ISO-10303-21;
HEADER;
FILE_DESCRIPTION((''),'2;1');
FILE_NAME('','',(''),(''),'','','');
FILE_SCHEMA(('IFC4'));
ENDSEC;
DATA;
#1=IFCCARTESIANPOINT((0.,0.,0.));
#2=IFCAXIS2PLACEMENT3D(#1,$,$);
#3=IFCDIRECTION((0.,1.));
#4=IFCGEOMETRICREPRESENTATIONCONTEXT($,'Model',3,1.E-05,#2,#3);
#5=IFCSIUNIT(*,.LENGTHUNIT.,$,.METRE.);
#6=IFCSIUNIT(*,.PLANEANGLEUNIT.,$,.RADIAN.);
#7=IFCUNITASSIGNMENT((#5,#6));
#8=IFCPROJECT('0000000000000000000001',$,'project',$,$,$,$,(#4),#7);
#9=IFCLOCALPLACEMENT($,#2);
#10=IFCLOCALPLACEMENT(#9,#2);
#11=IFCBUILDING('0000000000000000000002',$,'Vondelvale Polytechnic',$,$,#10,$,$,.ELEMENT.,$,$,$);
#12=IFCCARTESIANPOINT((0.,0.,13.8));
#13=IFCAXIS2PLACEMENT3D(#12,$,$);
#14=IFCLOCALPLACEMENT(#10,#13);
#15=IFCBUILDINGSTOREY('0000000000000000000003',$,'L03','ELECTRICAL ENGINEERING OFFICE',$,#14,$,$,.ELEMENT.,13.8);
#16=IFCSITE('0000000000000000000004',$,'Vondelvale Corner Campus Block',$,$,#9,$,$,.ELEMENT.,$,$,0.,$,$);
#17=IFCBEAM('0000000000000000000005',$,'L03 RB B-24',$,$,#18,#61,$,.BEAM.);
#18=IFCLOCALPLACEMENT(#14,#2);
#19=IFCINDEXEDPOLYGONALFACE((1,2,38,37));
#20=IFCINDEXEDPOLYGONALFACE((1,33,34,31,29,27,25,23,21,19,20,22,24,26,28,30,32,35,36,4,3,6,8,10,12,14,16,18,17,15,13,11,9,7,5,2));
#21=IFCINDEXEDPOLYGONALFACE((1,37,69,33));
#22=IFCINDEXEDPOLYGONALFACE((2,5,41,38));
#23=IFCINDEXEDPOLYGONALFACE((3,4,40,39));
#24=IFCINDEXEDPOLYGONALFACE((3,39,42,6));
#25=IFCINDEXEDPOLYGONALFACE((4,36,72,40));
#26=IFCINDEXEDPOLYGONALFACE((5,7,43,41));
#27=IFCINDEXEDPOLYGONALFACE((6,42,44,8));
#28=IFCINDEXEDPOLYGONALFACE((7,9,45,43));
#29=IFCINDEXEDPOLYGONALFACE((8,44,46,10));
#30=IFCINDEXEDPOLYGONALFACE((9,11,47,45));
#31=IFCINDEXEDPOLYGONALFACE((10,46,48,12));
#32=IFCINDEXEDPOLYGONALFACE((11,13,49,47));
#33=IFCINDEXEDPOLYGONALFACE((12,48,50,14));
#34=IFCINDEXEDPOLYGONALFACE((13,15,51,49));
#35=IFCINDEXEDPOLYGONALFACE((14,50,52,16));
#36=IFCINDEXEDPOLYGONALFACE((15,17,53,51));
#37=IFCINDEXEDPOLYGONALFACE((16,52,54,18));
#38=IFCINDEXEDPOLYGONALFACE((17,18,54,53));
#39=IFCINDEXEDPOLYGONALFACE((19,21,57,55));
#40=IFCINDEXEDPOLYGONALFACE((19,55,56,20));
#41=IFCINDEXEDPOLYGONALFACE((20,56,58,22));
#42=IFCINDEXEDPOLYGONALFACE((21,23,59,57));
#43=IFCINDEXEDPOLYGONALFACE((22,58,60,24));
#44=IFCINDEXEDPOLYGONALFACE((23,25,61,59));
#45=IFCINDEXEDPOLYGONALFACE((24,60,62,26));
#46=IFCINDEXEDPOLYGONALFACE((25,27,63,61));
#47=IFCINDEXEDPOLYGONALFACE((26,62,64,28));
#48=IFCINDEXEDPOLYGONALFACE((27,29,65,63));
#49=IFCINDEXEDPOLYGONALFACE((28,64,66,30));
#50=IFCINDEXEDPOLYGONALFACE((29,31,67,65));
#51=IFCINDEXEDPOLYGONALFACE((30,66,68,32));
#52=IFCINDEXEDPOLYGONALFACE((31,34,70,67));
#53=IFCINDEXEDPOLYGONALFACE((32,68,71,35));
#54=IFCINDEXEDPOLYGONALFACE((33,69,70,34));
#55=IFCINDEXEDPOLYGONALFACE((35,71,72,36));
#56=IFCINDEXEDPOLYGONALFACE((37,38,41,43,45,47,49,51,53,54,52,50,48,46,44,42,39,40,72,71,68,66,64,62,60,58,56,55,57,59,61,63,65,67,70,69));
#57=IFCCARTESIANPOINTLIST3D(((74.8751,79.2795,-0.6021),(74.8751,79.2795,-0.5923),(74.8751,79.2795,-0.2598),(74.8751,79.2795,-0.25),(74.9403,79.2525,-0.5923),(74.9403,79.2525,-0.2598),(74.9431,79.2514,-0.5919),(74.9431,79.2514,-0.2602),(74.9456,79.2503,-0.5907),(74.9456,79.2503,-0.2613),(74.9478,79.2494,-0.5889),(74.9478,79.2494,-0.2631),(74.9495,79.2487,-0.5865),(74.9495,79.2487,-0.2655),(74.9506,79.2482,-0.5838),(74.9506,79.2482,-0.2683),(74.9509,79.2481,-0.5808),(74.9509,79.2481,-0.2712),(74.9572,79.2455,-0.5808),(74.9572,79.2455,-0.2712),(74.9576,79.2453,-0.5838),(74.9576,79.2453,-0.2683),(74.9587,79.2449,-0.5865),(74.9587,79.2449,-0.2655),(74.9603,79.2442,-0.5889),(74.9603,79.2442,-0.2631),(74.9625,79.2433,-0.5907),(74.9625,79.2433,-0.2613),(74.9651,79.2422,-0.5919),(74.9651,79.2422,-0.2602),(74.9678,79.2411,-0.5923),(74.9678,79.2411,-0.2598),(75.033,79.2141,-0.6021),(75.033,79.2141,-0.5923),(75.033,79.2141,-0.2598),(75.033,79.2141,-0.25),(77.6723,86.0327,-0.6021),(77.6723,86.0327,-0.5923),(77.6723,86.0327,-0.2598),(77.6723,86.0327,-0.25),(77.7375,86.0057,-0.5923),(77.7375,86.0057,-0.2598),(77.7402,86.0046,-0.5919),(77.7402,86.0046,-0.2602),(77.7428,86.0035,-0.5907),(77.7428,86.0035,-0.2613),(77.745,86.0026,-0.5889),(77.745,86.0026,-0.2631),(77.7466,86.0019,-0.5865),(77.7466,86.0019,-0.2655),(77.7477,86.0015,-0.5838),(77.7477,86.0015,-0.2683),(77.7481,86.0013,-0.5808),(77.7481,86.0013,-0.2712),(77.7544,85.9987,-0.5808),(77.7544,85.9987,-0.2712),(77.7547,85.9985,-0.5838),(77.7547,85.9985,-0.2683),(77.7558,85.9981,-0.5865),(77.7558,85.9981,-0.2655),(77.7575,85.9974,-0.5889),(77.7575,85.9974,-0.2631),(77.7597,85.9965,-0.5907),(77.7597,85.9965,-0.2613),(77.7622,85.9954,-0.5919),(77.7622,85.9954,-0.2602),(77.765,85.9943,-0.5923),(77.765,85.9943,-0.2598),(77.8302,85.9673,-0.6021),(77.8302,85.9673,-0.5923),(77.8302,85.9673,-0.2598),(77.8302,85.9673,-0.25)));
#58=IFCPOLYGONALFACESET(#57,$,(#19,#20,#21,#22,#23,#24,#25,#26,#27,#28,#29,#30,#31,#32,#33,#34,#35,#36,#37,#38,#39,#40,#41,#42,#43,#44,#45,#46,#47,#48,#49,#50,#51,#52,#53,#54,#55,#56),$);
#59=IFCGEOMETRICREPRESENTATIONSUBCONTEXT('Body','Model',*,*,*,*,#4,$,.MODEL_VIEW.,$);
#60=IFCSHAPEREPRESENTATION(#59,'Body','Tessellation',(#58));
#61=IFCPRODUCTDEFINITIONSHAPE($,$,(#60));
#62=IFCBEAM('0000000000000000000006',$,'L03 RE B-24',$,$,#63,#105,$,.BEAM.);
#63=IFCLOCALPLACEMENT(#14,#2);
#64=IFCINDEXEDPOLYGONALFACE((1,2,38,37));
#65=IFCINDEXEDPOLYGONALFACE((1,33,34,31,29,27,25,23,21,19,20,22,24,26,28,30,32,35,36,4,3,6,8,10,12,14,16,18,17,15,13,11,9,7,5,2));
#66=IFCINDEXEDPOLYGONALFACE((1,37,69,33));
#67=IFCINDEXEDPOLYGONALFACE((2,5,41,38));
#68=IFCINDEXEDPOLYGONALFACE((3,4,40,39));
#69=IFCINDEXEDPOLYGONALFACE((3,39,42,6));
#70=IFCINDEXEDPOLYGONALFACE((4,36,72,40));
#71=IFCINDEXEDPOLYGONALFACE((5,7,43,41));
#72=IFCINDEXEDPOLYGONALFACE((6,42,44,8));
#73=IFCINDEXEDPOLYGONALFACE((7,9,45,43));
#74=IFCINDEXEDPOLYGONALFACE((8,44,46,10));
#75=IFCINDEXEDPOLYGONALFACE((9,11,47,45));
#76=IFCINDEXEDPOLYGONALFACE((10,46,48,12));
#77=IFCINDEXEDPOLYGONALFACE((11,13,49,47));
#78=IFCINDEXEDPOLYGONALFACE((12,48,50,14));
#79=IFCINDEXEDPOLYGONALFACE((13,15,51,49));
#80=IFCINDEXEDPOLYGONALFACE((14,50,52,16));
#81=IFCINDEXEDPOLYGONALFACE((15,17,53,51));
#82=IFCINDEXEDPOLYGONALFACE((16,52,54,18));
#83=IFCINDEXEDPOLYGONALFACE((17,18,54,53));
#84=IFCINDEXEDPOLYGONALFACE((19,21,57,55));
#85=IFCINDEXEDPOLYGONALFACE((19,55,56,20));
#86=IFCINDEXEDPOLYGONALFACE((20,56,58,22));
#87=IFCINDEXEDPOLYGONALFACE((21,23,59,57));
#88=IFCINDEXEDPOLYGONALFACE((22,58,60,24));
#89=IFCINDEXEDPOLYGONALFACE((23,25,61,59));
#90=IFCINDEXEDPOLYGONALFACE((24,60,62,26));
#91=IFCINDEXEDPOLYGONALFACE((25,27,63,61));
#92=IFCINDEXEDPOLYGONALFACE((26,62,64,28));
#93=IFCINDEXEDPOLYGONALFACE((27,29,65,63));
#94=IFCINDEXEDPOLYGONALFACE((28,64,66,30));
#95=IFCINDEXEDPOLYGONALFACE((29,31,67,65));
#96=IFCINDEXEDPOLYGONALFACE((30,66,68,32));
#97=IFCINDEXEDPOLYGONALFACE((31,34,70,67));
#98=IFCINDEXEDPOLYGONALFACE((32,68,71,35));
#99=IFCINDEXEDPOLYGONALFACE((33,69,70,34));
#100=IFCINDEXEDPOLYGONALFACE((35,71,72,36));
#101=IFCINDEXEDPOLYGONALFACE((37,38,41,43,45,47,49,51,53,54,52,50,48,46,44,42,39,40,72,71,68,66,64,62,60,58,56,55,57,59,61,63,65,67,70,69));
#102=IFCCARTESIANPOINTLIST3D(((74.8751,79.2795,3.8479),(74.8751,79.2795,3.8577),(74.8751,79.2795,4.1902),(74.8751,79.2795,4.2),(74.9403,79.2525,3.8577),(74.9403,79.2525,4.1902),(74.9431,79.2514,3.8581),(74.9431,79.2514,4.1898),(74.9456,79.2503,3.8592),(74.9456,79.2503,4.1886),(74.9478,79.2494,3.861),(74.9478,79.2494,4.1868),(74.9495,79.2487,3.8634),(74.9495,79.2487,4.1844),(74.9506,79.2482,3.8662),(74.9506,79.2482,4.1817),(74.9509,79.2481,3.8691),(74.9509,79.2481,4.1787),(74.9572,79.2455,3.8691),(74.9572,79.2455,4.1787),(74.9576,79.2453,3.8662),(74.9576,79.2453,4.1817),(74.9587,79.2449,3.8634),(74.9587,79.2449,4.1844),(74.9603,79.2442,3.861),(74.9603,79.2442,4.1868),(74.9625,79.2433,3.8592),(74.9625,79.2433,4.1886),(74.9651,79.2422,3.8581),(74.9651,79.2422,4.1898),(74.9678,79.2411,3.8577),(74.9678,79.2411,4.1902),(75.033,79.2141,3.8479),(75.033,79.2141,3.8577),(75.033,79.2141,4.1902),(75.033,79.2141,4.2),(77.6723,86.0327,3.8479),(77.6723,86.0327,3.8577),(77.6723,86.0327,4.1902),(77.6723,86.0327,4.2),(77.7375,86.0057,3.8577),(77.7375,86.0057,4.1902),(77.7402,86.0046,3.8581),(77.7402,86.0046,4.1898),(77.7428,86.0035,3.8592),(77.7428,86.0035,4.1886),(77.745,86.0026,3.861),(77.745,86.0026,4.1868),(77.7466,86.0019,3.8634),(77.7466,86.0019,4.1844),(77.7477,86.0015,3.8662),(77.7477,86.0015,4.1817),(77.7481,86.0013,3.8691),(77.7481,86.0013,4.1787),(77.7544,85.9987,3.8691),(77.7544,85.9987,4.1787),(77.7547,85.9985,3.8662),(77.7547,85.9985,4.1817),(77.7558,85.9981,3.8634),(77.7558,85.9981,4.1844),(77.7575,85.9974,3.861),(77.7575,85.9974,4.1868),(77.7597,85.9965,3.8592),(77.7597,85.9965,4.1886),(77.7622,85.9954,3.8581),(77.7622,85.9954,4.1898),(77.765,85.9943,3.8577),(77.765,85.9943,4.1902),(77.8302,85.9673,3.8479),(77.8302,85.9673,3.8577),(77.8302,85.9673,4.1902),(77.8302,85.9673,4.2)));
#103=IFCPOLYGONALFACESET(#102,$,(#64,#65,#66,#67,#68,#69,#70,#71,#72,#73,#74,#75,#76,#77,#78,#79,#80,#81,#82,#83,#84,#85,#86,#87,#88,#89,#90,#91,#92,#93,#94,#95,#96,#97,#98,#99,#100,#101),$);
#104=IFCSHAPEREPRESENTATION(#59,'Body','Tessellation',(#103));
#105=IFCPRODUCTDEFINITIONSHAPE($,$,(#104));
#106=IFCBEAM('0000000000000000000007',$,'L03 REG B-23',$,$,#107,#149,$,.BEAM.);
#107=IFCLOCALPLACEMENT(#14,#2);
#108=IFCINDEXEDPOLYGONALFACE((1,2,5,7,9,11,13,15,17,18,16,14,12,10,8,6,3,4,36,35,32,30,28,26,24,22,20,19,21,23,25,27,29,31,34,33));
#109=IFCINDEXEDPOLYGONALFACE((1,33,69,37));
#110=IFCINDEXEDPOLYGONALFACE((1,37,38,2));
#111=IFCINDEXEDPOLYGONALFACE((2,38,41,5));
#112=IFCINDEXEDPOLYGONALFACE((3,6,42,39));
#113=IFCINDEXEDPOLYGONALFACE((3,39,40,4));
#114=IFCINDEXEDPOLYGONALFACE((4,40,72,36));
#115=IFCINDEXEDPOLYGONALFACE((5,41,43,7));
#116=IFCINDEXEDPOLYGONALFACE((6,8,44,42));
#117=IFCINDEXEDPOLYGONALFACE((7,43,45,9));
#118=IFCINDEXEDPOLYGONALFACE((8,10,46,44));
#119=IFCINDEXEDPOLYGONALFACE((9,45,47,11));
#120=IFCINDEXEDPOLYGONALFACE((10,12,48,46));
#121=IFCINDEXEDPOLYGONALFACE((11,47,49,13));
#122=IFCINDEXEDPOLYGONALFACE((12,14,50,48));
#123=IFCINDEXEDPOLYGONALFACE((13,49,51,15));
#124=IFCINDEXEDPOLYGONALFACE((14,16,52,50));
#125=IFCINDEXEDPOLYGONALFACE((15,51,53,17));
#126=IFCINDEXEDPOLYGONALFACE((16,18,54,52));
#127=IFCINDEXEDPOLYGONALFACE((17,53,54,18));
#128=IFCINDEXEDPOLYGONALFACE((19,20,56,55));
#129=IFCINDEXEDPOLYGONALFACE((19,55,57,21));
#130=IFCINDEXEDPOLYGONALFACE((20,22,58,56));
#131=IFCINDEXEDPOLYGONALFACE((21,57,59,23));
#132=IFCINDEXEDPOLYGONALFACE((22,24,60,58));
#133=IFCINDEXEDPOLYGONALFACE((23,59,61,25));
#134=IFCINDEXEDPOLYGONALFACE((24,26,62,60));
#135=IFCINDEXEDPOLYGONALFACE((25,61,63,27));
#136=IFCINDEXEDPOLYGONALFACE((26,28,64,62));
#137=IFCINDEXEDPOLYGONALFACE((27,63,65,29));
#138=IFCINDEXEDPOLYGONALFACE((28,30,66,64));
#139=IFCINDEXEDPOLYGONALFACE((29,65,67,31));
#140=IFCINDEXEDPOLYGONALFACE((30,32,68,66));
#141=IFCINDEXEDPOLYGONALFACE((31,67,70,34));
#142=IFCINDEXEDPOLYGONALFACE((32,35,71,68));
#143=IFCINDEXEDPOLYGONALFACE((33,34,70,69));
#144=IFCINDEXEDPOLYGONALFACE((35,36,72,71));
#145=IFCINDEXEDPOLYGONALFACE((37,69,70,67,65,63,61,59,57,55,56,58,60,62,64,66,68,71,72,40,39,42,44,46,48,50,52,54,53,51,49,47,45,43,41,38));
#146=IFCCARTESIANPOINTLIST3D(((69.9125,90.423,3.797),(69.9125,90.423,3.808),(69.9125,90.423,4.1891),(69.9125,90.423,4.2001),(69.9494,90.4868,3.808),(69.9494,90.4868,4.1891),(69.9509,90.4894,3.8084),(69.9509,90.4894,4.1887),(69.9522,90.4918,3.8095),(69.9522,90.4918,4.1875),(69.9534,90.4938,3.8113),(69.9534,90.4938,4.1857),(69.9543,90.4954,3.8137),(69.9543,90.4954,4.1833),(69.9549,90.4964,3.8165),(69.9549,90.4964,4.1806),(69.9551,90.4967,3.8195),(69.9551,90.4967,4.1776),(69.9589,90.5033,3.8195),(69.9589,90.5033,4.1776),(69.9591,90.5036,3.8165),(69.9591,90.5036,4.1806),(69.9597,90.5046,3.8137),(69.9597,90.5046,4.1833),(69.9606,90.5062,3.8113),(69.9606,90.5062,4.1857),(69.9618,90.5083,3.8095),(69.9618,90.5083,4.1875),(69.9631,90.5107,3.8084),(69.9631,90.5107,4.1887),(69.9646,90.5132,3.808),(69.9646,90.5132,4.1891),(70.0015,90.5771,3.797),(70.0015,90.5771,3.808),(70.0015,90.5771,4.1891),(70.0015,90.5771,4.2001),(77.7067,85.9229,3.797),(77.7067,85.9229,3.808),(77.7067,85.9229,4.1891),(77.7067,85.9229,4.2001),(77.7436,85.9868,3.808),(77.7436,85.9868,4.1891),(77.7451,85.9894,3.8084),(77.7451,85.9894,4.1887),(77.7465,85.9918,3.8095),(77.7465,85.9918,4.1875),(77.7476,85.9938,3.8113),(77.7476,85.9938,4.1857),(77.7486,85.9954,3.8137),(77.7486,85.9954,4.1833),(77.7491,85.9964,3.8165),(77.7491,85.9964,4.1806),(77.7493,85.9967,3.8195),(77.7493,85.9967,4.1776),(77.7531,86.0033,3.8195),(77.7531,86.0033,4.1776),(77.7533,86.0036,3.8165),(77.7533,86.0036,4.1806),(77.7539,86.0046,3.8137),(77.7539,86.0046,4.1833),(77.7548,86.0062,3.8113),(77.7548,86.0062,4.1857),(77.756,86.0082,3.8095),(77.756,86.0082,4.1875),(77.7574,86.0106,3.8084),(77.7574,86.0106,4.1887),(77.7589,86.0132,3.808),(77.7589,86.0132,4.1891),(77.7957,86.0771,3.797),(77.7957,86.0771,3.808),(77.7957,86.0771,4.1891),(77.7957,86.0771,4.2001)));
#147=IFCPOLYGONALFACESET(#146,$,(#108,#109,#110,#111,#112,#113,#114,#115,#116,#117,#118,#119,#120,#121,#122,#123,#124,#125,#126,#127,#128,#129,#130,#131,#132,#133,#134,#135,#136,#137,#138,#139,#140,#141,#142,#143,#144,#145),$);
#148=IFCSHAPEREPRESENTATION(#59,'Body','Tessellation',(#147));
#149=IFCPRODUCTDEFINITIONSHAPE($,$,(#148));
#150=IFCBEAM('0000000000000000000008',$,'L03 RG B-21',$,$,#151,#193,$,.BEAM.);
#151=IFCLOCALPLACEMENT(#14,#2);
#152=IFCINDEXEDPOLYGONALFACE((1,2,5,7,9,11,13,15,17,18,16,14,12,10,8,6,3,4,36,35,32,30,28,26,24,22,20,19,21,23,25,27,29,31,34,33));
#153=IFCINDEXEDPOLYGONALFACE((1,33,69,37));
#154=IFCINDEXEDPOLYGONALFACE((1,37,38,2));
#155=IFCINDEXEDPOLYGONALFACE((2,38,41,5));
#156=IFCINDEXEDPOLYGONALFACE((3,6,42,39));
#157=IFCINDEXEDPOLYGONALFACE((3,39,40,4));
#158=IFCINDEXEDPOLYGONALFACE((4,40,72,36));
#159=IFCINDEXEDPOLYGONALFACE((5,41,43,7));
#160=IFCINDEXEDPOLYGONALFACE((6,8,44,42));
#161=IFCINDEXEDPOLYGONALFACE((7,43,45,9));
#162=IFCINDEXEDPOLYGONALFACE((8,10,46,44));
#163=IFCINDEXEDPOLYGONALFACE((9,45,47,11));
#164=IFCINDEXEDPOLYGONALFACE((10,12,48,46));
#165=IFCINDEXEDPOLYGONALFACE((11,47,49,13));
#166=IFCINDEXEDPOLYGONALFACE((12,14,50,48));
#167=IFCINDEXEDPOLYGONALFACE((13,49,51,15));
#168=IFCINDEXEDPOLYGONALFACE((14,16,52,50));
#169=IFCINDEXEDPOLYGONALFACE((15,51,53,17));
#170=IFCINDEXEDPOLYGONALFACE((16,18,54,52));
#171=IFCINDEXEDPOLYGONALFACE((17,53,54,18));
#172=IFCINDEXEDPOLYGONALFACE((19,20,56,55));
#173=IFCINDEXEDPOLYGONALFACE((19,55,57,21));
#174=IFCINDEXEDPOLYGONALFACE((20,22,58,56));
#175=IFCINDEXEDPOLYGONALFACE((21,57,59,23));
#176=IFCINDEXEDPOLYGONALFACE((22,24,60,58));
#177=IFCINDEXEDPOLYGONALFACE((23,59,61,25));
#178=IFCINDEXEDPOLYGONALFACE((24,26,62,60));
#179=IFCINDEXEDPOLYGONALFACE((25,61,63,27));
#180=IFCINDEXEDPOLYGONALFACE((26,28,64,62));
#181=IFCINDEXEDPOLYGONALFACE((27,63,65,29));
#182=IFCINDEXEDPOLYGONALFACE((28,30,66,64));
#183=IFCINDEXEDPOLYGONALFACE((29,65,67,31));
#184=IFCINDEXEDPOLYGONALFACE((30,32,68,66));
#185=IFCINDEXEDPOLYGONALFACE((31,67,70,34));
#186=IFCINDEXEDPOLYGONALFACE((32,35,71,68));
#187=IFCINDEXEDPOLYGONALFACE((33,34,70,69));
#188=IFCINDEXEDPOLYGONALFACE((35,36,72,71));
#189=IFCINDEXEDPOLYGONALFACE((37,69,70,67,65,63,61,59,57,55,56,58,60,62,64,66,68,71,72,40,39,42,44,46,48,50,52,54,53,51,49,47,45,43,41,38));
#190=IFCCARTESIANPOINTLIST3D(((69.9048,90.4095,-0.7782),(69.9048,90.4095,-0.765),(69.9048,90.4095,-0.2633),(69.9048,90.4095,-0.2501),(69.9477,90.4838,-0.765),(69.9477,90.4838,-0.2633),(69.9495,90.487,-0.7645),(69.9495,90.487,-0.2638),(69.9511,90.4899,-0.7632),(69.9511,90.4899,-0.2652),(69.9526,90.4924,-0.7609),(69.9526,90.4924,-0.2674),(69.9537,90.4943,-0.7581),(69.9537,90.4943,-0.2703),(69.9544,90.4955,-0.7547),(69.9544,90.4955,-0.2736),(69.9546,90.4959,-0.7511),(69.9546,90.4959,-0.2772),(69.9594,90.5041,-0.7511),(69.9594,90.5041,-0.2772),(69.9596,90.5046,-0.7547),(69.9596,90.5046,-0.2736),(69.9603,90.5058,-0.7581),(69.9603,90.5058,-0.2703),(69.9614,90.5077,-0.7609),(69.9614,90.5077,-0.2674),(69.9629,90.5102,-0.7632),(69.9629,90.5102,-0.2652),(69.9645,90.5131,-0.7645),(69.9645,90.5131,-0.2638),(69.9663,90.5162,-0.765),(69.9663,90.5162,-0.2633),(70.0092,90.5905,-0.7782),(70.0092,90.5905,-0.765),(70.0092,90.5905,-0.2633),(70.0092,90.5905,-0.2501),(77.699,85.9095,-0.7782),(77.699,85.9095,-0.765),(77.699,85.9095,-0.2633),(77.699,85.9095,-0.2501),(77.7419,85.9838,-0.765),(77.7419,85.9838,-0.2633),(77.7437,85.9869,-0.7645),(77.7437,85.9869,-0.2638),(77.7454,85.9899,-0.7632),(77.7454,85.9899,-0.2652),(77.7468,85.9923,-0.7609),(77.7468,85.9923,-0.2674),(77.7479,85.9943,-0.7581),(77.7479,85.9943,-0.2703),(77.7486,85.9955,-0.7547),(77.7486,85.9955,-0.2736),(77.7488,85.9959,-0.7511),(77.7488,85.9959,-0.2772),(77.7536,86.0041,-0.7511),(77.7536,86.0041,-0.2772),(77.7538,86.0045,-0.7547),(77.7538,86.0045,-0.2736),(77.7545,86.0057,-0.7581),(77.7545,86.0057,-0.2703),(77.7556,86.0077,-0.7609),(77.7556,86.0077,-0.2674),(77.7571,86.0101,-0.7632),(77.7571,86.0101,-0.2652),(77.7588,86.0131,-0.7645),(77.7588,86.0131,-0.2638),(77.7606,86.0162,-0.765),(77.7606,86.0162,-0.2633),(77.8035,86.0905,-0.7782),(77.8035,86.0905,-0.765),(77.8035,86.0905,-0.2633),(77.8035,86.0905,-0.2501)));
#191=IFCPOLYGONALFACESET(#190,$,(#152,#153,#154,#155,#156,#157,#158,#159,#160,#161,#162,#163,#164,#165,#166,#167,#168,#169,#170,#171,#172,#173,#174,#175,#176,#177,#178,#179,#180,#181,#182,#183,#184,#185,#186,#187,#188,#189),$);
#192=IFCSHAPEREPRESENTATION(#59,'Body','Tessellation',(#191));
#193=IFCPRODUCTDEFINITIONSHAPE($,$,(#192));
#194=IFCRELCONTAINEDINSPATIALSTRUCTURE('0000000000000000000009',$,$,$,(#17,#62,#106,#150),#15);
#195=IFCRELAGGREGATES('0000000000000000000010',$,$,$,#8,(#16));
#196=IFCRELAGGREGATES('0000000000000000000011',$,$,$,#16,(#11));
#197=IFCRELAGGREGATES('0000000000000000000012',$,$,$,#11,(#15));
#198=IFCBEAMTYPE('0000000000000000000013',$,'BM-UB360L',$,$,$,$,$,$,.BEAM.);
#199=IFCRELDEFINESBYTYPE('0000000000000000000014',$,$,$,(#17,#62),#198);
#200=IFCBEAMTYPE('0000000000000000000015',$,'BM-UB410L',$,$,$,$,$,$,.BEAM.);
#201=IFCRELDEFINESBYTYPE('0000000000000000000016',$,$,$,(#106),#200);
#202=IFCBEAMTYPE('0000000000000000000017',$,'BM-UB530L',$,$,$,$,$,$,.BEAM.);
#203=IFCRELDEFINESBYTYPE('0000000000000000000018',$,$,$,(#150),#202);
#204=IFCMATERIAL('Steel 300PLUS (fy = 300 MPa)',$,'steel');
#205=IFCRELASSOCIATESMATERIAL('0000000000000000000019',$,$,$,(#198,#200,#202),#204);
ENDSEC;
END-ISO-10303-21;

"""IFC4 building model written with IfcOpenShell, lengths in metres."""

from ifc_helpers import new_model, si_unit, direction, frame, origin, origin_2d, place, context, subcontext, project, spatial, i_section, extrude, material, material_profile, profile_set, type_object, element, save


model = new_model("IFC4")

# Units and contexts
model_context = context("Model", 3, precision=1e-05, world=origin(), true_north=direction((0.0, 1.0)))
body_context = subcontext(model_context, "Body", "Model", "MODEL_VIEW")
ifc_project = project(units=[si_unit("LENGTHUNIT", "METRE"), si_unit("PLANEANGLEUNIT", "RADIAN")], contexts=[model_context])

# Site, building, storey
site_placement = place(None, origin())
site = spatial("IfcSite", under=ifc_project, at=site_placement, Name="Vondelvale Corner Campus Block", CompositionType="ELEMENT", RefElevation=0.0)
building_placement = place(site_placement, origin())
building = spatial("IfcBuilding", under=site, at=building_placement, Name="Vondelvale Polytechnic", CompositionType="ELEMENT")
storey_placement = place(building_placement, frame((0.0, 0.0, 13.8)))
storey = spatial("IfcBuildingStorey", under=building, at=storey_placement, Name="L03", Description="ELECTRICAL ENGINEERING OFFICE", CompositionType="ELEMENT", Elevation=13.8)

# Beams
ifc_material_1 = material(Name="Steel 300PLUS (fy = 300 MPa)", Category="steel")
ifc_material_profile_1 = material_profile(ifc_material_1, i_section(OverallWidth=0.1709, OverallDepth=0.3521, WebThickness=0.0068, FlangeThickness=0.0098, FilletRadius=0.0115, at=origin_2d()), Name="360UB44.7")
ifc_profile_set_1 = profile_set([ifc_material_profile_1], Name="Steel 300PLUS (fy = 300 MPa)")
beam_type_1 = type_object("IfcBeamType", Name="BM-UB360L", PredefinedType="BEAM", material=ifc_profile_set_1)
for number, where, z_axis, x_axis, name in (
    (1, (77.7512, 86.0, -0.426), (-0.382667, -0.923886, 0.0), (0.923886, -0.382667, 0.0), "L03 RB B-24"),
    (2, (77.7512, 86.0, 4.0239), (-0.382667, -0.923886, 0.0), (0.923886, -0.382667, 0.0), "L03 RE B-24"),
):
    element("IfcBeam", number, at=place(storey_placement, frame(where, z_axis=z_axis, x_axis=x_axis)), inside=storey, type_object=beam_type_1, Name=name, PredefinedType="BEAM", context=body_context, shape_type="SweptSolid", body=[
        extrude(i_section(OverallWidth=0.1709, OverallDepth=0.3521, WebThickness=0.0068, FlangeThickness=0.0098, FilletRadius=0.0115, at=origin_2d()), origin(), (0.0, 0.0, 1.0), 7.3096),
    ])
ifc_material_profile_2 = material_profile(ifc_material_1, i_section(OverallWidth=0.178, OverallDepth=0.4031, WebThickness=0.0076, FlangeThickness=0.011, FilletRadius=0.0115, at=origin_2d()), Name="410UB53.7")
ifc_profile_set_2 = profile_set([ifc_material_profile_2], Name="Steel 300PLUS (fy = 300 MPa)")
beam_type_2 = type_object("IfcBeamType", Name="BM-UB410L", PredefinedType="BEAM", material=ifc_profile_set_2)
beam_1_placement = place(storey_placement, frame((77.7512, 86.0, 3.9985), z_axis=(-0.866024, 0.500002, 0.0), x_axis=(-0.500002, -0.866024, 0.0)))
element("IfcBeam", 3, at=beam_1_placement, inside=storey, type_object=beam_type_2, Name="L03 REG B-23", PredefinedType="BEAM", context=body_context, shape_type="SweptSolid", body=[
    extrude(i_section(OverallWidth=0.178, OverallDepth=0.4031, WebThickness=0.0076, FlangeThickness=0.011, FilletRadius=0.0115, at=origin_2d()), origin(), (0.0, 0.0, 1.0), 9.0),
])
ifc_material_profile_3 = material_profile(ifc_material_1, i_section(OverallWidth=0.209, OverallDepth=0.5281, WebThickness=0.0095, FlangeThickness=0.0132, FilletRadius=0.0139, at=origin_2d()), Name="530UB82.0")
ifc_profile_set_3 = profile_set([ifc_material_profile_3], Name="Steel 300PLUS (fy = 300 MPa)")
beam_type_3 = type_object("IfcBeamType", Name="BM-UB530L", PredefinedType="BEAM", material=ifc_profile_set_3)
beam_2_placement = place(storey_placement, frame((77.7512, 86.0, -0.5142), z_axis=(-0.866024, 0.500002, 0.0), x_axis=(-0.500002, -0.866024, 0.0)))
element("IfcBeam", 4, at=beam_2_placement, inside=storey, type_object=beam_type_3, Name="L03 RG B-21", PredefinedType="BEAM", context=body_context, shape_type="SweptSolid", body=[
    extrude(i_section(OverallWidth=0.209, OverallDepth=0.5281, WebThickness=0.0095, FlangeThickness=0.0132, FilletRadius=0.0139, at=origin_2d()), origin(), (0.0, 0.0, 1.0), 9.0),
])

save(model, "model.ifc")
